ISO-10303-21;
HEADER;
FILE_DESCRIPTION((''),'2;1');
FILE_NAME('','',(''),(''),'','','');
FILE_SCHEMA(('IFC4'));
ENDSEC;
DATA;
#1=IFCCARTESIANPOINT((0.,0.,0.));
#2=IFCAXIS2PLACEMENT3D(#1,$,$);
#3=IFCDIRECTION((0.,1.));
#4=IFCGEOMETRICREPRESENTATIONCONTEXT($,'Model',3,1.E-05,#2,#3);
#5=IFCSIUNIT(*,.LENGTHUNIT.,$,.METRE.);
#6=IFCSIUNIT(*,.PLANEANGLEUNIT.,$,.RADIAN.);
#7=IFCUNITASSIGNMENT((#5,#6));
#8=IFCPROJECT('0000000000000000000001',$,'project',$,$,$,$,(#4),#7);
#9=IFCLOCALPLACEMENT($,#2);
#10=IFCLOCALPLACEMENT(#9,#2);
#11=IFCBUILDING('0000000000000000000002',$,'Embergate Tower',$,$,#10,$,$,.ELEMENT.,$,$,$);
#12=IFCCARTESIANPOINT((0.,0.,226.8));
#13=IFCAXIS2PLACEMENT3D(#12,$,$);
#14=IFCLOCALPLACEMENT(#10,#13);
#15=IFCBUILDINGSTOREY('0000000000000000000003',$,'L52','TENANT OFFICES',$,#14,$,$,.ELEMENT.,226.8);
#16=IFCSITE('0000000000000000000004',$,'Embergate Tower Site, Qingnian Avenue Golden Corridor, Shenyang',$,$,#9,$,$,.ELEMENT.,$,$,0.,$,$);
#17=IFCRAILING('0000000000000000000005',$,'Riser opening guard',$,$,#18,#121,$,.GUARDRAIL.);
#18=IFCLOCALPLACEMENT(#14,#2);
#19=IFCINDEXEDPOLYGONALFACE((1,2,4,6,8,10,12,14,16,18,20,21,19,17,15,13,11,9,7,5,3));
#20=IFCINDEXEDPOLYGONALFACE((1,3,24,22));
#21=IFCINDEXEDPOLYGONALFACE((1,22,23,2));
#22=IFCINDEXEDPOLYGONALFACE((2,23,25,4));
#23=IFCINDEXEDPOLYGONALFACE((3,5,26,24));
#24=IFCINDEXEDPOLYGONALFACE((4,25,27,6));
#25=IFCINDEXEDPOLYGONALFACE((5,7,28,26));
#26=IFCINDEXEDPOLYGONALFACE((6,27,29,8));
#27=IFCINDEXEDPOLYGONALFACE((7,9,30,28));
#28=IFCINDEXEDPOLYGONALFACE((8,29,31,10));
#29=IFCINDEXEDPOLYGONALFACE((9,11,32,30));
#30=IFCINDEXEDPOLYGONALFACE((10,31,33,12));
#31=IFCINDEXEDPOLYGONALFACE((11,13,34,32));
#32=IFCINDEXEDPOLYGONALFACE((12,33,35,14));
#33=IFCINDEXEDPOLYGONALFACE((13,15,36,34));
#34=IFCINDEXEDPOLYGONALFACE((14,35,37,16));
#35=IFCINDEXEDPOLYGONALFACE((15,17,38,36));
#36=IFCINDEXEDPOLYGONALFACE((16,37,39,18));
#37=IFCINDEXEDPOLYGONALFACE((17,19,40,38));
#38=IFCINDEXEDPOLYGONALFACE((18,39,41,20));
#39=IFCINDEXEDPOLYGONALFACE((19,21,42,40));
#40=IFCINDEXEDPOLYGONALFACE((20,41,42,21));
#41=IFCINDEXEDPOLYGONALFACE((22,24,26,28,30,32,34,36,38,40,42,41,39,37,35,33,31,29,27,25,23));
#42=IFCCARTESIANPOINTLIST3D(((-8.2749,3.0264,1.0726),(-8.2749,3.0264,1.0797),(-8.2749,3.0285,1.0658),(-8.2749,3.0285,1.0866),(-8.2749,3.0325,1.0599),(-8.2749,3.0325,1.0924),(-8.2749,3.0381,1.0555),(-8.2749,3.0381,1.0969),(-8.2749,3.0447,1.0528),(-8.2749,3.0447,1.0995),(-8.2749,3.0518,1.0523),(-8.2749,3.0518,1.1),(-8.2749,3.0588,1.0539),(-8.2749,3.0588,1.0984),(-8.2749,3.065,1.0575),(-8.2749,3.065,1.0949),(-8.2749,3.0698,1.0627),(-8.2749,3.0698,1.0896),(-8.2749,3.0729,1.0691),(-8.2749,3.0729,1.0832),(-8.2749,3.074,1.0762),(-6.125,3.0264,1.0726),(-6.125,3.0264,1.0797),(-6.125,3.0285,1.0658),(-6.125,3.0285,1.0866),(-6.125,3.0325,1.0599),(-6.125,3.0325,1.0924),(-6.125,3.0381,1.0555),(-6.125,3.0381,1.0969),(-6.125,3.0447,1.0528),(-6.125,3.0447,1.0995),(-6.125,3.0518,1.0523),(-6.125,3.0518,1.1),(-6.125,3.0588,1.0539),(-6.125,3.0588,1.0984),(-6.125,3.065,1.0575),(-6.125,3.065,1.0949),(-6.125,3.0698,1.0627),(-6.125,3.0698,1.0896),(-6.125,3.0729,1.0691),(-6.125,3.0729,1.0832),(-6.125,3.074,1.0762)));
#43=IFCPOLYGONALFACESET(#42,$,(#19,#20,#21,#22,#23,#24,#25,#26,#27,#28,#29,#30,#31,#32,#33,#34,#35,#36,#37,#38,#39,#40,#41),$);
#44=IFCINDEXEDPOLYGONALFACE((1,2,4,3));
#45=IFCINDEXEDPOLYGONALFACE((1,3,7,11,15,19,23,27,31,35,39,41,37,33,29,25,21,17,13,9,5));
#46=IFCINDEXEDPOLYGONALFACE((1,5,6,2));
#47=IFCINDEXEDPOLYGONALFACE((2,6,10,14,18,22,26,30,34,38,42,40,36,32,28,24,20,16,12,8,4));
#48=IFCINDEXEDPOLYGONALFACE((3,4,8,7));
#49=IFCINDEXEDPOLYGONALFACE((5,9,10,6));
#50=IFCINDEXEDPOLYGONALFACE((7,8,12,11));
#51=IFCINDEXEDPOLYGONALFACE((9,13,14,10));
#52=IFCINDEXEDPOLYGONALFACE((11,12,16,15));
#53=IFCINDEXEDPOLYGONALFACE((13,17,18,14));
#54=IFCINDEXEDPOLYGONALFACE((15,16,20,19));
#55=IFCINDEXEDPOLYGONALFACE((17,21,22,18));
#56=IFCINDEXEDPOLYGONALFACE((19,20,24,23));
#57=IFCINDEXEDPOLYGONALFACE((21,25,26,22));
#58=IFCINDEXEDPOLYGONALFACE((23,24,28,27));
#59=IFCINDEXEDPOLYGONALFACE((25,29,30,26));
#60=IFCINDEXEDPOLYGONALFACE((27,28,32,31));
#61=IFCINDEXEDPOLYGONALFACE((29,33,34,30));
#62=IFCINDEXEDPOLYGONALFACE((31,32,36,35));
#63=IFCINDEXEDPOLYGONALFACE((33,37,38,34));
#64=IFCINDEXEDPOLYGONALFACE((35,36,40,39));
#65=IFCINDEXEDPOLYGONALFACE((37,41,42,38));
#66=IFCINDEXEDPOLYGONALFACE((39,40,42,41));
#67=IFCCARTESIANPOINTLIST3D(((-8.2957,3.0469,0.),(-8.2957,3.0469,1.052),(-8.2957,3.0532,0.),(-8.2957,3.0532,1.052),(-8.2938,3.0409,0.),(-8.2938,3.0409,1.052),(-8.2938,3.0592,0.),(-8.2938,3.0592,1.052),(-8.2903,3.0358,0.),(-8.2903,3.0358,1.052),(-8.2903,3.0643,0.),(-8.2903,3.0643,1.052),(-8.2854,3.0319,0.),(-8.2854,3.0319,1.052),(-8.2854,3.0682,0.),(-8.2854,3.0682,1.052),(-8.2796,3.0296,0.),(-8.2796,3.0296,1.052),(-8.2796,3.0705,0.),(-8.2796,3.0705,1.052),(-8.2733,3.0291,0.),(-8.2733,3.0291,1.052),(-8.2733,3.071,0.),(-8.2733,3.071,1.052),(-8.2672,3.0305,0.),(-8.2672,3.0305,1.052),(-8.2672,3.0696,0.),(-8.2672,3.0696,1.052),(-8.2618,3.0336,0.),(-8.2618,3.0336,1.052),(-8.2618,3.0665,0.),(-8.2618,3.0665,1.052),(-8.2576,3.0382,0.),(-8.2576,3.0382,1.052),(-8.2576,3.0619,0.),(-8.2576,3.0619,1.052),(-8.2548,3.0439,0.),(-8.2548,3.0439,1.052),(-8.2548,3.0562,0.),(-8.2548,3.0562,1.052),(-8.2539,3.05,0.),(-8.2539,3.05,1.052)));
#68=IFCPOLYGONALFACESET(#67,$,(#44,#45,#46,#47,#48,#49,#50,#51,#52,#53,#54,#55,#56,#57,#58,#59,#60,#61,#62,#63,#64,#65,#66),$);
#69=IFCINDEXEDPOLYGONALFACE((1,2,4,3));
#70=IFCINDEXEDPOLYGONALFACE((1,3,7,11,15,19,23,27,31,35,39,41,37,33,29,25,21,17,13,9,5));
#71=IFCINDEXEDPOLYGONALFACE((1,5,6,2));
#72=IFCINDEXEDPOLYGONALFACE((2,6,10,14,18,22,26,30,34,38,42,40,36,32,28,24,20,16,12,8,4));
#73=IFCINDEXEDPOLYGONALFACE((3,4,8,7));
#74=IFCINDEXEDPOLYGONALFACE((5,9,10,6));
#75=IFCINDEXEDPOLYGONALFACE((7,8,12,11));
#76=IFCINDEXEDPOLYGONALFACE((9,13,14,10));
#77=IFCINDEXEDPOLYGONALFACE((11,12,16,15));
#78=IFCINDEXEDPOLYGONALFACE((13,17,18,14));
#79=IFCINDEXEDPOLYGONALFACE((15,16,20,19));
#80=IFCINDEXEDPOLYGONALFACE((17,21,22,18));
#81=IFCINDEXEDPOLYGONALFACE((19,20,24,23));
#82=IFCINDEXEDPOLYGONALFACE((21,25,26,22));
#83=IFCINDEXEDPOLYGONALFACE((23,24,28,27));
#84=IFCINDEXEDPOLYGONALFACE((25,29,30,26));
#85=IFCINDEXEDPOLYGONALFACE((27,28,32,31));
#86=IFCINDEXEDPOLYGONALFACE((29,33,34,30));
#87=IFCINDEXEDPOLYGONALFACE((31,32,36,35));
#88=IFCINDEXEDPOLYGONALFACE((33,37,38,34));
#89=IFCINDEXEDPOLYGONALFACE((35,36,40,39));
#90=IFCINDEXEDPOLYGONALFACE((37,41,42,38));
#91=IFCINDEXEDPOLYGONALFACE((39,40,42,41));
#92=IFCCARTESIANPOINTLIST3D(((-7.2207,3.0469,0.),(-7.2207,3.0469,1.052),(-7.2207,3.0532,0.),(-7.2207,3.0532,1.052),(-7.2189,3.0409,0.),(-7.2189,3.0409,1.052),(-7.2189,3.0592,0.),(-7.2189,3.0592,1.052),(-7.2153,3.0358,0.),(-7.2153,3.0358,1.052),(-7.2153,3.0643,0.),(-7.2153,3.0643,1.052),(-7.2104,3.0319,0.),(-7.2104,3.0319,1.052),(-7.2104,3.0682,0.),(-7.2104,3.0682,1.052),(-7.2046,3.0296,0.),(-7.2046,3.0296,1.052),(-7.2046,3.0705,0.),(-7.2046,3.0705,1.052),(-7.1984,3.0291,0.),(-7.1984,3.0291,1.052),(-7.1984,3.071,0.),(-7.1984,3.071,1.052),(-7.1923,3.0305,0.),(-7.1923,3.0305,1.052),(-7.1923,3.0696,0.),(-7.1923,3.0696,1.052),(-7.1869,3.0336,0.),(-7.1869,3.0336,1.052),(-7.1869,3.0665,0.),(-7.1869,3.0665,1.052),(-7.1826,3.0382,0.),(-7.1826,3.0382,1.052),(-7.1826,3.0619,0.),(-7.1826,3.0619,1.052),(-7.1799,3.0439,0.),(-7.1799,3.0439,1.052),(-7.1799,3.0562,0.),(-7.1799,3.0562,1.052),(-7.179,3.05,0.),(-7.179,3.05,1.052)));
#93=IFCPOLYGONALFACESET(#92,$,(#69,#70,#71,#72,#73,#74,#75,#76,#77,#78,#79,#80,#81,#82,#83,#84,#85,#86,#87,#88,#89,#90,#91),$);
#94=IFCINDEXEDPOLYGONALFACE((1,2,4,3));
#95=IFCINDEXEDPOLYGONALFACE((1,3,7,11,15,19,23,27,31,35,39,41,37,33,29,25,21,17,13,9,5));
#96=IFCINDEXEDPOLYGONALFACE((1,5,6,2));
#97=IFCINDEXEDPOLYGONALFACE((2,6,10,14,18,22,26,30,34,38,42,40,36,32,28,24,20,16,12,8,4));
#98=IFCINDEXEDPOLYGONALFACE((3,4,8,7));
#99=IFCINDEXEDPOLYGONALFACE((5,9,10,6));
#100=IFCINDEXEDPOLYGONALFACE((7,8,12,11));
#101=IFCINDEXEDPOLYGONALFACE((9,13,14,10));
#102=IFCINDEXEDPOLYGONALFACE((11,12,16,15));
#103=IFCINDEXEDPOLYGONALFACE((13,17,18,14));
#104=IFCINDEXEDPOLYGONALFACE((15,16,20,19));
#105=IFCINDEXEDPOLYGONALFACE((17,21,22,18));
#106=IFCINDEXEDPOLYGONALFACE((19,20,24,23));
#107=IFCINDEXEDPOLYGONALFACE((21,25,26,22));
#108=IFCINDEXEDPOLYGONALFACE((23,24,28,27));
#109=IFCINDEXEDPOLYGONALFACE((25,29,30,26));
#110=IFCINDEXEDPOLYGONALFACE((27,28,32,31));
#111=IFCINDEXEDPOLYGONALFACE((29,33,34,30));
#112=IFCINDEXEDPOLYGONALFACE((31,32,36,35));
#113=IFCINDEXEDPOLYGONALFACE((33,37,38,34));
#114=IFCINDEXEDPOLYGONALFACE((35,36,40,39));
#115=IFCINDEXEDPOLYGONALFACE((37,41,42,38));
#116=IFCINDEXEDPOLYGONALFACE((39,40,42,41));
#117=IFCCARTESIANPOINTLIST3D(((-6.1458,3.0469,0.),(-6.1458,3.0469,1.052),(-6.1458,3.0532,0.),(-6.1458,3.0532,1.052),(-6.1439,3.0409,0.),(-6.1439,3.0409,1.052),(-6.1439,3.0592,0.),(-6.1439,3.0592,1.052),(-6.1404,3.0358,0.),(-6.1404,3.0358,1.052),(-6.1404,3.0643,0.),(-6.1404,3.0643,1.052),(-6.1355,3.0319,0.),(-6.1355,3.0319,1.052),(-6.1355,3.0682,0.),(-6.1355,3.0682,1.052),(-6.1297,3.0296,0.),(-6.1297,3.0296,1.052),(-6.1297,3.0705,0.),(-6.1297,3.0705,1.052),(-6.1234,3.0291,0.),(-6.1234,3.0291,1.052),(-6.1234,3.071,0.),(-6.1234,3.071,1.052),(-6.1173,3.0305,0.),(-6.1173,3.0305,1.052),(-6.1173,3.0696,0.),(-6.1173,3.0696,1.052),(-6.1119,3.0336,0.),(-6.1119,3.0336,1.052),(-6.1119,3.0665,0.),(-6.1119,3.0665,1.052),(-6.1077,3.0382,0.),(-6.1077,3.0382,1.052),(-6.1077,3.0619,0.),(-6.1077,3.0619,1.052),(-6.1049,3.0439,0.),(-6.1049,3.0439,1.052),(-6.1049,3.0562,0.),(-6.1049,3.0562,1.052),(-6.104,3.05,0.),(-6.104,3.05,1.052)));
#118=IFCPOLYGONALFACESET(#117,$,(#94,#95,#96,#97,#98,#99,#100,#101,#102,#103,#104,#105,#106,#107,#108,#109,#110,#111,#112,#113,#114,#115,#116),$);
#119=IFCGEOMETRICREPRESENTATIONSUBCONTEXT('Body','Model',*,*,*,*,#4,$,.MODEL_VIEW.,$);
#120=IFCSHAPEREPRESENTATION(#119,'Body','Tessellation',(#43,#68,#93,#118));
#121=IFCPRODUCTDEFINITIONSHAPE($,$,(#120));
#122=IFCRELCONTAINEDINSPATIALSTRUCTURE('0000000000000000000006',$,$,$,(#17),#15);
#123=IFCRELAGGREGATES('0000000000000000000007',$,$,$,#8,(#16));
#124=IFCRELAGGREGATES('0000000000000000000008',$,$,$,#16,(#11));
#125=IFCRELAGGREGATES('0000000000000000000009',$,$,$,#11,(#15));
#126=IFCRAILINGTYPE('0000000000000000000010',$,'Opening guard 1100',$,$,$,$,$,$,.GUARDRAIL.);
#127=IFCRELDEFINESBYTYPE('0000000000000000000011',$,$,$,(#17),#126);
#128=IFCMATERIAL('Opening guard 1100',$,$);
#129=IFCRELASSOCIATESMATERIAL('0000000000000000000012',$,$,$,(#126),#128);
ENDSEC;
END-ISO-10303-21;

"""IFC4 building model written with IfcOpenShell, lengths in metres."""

from ifc_helpers import new_model, si_unit, direction, frame, origin, origin_2d, place, context, subcontext, project, spatial, circle, extrude, source, transform, mapped, material, type_object, element, save


model = new_model("IFC4")

# Units and contexts
model_context = context("Model", 3, precision=1e-05, world=origin(), true_north=direction((0.0, 1.0)))
body_context = subcontext(model_context, "Body", "Model", "MODEL_VIEW")
ifc_project = project(units=[si_unit("LENGTHUNIT", "METRE"), si_unit("PLANEANGLEUNIT", "RADIAN")], contexts=[model_context])

# Site, building, storey
site_placement = place(None, origin())
site = spatial("IfcSite", under=ifc_project, at=site_placement, Name="Embergate Tower Site, Qingnian Avenue Golden Corridor, Shenyang", CompositionType="ELEMENT", RefElevation=0.0)
building_placement = place(site_placement, origin())
building = spatial("IfcBuilding", under=site, at=building_placement, Name="Embergate Tower", CompositionType="ELEMENT")
storey_placement = place(building_placement, frame((0.0, 0.0, 226.8)))
storey = spatial("IfcBuildingStorey", under=building, at=storey_placement, Name="L52", Description="TENANT OFFICES", CompositionType="ELEMENT", Elevation=226.8)

# Railing
ifc_material_1 = material(Name="Opening guard 1100")
railing_type_1 = type_object("IfcRailingType", Name="Opening guard 1100", PredefinedType="GUARDRAIL", material=ifc_material_1)
shared_shape_1 = source(origin(), body_context, "Body", "SweptSolid", [
    extrude(circle(Radius=0.0239, at=origin_2d()), frame((0.0, 0.0, 1.0762), z_axis=(1.0, 0.0, 0.0), x_axis=(0.0, 1.0, 0.0)), (0.0, 0.0, 1.0), 2.1499),
    extrude(circle(Radius=0.021, at=origin_2d()), origin(), (0.0, 0.0, 1.0), 1.052),
    extrude(circle(Radius=0.021, at=origin_2d()), frame((1.075, 0.0, 0.0)), (0.0, 0.0, 1.0), 1.052),
    extrude(circle(Radius=0.021, at=origin_2d()), frame((2.1499, 0.0, 0.0)), (0.0, 0.0, 1.0), 1.052),
])
railing_1_placement = place(storey_placement, frame((-8.2749, 3.05, 0.0)))
element("IfcRailing", 1, at=railing_1_placement, inside=storey, type_object=railing_type_1, Name="Riser opening guard", PredefinedType="GUARDRAIL", context=body_context, shape_type="MappedRepresentation", body=[
    mapped(shared_shape_1, transform((0.0, 0.0, 0.0))),
])

save(model, "model.ifc")
